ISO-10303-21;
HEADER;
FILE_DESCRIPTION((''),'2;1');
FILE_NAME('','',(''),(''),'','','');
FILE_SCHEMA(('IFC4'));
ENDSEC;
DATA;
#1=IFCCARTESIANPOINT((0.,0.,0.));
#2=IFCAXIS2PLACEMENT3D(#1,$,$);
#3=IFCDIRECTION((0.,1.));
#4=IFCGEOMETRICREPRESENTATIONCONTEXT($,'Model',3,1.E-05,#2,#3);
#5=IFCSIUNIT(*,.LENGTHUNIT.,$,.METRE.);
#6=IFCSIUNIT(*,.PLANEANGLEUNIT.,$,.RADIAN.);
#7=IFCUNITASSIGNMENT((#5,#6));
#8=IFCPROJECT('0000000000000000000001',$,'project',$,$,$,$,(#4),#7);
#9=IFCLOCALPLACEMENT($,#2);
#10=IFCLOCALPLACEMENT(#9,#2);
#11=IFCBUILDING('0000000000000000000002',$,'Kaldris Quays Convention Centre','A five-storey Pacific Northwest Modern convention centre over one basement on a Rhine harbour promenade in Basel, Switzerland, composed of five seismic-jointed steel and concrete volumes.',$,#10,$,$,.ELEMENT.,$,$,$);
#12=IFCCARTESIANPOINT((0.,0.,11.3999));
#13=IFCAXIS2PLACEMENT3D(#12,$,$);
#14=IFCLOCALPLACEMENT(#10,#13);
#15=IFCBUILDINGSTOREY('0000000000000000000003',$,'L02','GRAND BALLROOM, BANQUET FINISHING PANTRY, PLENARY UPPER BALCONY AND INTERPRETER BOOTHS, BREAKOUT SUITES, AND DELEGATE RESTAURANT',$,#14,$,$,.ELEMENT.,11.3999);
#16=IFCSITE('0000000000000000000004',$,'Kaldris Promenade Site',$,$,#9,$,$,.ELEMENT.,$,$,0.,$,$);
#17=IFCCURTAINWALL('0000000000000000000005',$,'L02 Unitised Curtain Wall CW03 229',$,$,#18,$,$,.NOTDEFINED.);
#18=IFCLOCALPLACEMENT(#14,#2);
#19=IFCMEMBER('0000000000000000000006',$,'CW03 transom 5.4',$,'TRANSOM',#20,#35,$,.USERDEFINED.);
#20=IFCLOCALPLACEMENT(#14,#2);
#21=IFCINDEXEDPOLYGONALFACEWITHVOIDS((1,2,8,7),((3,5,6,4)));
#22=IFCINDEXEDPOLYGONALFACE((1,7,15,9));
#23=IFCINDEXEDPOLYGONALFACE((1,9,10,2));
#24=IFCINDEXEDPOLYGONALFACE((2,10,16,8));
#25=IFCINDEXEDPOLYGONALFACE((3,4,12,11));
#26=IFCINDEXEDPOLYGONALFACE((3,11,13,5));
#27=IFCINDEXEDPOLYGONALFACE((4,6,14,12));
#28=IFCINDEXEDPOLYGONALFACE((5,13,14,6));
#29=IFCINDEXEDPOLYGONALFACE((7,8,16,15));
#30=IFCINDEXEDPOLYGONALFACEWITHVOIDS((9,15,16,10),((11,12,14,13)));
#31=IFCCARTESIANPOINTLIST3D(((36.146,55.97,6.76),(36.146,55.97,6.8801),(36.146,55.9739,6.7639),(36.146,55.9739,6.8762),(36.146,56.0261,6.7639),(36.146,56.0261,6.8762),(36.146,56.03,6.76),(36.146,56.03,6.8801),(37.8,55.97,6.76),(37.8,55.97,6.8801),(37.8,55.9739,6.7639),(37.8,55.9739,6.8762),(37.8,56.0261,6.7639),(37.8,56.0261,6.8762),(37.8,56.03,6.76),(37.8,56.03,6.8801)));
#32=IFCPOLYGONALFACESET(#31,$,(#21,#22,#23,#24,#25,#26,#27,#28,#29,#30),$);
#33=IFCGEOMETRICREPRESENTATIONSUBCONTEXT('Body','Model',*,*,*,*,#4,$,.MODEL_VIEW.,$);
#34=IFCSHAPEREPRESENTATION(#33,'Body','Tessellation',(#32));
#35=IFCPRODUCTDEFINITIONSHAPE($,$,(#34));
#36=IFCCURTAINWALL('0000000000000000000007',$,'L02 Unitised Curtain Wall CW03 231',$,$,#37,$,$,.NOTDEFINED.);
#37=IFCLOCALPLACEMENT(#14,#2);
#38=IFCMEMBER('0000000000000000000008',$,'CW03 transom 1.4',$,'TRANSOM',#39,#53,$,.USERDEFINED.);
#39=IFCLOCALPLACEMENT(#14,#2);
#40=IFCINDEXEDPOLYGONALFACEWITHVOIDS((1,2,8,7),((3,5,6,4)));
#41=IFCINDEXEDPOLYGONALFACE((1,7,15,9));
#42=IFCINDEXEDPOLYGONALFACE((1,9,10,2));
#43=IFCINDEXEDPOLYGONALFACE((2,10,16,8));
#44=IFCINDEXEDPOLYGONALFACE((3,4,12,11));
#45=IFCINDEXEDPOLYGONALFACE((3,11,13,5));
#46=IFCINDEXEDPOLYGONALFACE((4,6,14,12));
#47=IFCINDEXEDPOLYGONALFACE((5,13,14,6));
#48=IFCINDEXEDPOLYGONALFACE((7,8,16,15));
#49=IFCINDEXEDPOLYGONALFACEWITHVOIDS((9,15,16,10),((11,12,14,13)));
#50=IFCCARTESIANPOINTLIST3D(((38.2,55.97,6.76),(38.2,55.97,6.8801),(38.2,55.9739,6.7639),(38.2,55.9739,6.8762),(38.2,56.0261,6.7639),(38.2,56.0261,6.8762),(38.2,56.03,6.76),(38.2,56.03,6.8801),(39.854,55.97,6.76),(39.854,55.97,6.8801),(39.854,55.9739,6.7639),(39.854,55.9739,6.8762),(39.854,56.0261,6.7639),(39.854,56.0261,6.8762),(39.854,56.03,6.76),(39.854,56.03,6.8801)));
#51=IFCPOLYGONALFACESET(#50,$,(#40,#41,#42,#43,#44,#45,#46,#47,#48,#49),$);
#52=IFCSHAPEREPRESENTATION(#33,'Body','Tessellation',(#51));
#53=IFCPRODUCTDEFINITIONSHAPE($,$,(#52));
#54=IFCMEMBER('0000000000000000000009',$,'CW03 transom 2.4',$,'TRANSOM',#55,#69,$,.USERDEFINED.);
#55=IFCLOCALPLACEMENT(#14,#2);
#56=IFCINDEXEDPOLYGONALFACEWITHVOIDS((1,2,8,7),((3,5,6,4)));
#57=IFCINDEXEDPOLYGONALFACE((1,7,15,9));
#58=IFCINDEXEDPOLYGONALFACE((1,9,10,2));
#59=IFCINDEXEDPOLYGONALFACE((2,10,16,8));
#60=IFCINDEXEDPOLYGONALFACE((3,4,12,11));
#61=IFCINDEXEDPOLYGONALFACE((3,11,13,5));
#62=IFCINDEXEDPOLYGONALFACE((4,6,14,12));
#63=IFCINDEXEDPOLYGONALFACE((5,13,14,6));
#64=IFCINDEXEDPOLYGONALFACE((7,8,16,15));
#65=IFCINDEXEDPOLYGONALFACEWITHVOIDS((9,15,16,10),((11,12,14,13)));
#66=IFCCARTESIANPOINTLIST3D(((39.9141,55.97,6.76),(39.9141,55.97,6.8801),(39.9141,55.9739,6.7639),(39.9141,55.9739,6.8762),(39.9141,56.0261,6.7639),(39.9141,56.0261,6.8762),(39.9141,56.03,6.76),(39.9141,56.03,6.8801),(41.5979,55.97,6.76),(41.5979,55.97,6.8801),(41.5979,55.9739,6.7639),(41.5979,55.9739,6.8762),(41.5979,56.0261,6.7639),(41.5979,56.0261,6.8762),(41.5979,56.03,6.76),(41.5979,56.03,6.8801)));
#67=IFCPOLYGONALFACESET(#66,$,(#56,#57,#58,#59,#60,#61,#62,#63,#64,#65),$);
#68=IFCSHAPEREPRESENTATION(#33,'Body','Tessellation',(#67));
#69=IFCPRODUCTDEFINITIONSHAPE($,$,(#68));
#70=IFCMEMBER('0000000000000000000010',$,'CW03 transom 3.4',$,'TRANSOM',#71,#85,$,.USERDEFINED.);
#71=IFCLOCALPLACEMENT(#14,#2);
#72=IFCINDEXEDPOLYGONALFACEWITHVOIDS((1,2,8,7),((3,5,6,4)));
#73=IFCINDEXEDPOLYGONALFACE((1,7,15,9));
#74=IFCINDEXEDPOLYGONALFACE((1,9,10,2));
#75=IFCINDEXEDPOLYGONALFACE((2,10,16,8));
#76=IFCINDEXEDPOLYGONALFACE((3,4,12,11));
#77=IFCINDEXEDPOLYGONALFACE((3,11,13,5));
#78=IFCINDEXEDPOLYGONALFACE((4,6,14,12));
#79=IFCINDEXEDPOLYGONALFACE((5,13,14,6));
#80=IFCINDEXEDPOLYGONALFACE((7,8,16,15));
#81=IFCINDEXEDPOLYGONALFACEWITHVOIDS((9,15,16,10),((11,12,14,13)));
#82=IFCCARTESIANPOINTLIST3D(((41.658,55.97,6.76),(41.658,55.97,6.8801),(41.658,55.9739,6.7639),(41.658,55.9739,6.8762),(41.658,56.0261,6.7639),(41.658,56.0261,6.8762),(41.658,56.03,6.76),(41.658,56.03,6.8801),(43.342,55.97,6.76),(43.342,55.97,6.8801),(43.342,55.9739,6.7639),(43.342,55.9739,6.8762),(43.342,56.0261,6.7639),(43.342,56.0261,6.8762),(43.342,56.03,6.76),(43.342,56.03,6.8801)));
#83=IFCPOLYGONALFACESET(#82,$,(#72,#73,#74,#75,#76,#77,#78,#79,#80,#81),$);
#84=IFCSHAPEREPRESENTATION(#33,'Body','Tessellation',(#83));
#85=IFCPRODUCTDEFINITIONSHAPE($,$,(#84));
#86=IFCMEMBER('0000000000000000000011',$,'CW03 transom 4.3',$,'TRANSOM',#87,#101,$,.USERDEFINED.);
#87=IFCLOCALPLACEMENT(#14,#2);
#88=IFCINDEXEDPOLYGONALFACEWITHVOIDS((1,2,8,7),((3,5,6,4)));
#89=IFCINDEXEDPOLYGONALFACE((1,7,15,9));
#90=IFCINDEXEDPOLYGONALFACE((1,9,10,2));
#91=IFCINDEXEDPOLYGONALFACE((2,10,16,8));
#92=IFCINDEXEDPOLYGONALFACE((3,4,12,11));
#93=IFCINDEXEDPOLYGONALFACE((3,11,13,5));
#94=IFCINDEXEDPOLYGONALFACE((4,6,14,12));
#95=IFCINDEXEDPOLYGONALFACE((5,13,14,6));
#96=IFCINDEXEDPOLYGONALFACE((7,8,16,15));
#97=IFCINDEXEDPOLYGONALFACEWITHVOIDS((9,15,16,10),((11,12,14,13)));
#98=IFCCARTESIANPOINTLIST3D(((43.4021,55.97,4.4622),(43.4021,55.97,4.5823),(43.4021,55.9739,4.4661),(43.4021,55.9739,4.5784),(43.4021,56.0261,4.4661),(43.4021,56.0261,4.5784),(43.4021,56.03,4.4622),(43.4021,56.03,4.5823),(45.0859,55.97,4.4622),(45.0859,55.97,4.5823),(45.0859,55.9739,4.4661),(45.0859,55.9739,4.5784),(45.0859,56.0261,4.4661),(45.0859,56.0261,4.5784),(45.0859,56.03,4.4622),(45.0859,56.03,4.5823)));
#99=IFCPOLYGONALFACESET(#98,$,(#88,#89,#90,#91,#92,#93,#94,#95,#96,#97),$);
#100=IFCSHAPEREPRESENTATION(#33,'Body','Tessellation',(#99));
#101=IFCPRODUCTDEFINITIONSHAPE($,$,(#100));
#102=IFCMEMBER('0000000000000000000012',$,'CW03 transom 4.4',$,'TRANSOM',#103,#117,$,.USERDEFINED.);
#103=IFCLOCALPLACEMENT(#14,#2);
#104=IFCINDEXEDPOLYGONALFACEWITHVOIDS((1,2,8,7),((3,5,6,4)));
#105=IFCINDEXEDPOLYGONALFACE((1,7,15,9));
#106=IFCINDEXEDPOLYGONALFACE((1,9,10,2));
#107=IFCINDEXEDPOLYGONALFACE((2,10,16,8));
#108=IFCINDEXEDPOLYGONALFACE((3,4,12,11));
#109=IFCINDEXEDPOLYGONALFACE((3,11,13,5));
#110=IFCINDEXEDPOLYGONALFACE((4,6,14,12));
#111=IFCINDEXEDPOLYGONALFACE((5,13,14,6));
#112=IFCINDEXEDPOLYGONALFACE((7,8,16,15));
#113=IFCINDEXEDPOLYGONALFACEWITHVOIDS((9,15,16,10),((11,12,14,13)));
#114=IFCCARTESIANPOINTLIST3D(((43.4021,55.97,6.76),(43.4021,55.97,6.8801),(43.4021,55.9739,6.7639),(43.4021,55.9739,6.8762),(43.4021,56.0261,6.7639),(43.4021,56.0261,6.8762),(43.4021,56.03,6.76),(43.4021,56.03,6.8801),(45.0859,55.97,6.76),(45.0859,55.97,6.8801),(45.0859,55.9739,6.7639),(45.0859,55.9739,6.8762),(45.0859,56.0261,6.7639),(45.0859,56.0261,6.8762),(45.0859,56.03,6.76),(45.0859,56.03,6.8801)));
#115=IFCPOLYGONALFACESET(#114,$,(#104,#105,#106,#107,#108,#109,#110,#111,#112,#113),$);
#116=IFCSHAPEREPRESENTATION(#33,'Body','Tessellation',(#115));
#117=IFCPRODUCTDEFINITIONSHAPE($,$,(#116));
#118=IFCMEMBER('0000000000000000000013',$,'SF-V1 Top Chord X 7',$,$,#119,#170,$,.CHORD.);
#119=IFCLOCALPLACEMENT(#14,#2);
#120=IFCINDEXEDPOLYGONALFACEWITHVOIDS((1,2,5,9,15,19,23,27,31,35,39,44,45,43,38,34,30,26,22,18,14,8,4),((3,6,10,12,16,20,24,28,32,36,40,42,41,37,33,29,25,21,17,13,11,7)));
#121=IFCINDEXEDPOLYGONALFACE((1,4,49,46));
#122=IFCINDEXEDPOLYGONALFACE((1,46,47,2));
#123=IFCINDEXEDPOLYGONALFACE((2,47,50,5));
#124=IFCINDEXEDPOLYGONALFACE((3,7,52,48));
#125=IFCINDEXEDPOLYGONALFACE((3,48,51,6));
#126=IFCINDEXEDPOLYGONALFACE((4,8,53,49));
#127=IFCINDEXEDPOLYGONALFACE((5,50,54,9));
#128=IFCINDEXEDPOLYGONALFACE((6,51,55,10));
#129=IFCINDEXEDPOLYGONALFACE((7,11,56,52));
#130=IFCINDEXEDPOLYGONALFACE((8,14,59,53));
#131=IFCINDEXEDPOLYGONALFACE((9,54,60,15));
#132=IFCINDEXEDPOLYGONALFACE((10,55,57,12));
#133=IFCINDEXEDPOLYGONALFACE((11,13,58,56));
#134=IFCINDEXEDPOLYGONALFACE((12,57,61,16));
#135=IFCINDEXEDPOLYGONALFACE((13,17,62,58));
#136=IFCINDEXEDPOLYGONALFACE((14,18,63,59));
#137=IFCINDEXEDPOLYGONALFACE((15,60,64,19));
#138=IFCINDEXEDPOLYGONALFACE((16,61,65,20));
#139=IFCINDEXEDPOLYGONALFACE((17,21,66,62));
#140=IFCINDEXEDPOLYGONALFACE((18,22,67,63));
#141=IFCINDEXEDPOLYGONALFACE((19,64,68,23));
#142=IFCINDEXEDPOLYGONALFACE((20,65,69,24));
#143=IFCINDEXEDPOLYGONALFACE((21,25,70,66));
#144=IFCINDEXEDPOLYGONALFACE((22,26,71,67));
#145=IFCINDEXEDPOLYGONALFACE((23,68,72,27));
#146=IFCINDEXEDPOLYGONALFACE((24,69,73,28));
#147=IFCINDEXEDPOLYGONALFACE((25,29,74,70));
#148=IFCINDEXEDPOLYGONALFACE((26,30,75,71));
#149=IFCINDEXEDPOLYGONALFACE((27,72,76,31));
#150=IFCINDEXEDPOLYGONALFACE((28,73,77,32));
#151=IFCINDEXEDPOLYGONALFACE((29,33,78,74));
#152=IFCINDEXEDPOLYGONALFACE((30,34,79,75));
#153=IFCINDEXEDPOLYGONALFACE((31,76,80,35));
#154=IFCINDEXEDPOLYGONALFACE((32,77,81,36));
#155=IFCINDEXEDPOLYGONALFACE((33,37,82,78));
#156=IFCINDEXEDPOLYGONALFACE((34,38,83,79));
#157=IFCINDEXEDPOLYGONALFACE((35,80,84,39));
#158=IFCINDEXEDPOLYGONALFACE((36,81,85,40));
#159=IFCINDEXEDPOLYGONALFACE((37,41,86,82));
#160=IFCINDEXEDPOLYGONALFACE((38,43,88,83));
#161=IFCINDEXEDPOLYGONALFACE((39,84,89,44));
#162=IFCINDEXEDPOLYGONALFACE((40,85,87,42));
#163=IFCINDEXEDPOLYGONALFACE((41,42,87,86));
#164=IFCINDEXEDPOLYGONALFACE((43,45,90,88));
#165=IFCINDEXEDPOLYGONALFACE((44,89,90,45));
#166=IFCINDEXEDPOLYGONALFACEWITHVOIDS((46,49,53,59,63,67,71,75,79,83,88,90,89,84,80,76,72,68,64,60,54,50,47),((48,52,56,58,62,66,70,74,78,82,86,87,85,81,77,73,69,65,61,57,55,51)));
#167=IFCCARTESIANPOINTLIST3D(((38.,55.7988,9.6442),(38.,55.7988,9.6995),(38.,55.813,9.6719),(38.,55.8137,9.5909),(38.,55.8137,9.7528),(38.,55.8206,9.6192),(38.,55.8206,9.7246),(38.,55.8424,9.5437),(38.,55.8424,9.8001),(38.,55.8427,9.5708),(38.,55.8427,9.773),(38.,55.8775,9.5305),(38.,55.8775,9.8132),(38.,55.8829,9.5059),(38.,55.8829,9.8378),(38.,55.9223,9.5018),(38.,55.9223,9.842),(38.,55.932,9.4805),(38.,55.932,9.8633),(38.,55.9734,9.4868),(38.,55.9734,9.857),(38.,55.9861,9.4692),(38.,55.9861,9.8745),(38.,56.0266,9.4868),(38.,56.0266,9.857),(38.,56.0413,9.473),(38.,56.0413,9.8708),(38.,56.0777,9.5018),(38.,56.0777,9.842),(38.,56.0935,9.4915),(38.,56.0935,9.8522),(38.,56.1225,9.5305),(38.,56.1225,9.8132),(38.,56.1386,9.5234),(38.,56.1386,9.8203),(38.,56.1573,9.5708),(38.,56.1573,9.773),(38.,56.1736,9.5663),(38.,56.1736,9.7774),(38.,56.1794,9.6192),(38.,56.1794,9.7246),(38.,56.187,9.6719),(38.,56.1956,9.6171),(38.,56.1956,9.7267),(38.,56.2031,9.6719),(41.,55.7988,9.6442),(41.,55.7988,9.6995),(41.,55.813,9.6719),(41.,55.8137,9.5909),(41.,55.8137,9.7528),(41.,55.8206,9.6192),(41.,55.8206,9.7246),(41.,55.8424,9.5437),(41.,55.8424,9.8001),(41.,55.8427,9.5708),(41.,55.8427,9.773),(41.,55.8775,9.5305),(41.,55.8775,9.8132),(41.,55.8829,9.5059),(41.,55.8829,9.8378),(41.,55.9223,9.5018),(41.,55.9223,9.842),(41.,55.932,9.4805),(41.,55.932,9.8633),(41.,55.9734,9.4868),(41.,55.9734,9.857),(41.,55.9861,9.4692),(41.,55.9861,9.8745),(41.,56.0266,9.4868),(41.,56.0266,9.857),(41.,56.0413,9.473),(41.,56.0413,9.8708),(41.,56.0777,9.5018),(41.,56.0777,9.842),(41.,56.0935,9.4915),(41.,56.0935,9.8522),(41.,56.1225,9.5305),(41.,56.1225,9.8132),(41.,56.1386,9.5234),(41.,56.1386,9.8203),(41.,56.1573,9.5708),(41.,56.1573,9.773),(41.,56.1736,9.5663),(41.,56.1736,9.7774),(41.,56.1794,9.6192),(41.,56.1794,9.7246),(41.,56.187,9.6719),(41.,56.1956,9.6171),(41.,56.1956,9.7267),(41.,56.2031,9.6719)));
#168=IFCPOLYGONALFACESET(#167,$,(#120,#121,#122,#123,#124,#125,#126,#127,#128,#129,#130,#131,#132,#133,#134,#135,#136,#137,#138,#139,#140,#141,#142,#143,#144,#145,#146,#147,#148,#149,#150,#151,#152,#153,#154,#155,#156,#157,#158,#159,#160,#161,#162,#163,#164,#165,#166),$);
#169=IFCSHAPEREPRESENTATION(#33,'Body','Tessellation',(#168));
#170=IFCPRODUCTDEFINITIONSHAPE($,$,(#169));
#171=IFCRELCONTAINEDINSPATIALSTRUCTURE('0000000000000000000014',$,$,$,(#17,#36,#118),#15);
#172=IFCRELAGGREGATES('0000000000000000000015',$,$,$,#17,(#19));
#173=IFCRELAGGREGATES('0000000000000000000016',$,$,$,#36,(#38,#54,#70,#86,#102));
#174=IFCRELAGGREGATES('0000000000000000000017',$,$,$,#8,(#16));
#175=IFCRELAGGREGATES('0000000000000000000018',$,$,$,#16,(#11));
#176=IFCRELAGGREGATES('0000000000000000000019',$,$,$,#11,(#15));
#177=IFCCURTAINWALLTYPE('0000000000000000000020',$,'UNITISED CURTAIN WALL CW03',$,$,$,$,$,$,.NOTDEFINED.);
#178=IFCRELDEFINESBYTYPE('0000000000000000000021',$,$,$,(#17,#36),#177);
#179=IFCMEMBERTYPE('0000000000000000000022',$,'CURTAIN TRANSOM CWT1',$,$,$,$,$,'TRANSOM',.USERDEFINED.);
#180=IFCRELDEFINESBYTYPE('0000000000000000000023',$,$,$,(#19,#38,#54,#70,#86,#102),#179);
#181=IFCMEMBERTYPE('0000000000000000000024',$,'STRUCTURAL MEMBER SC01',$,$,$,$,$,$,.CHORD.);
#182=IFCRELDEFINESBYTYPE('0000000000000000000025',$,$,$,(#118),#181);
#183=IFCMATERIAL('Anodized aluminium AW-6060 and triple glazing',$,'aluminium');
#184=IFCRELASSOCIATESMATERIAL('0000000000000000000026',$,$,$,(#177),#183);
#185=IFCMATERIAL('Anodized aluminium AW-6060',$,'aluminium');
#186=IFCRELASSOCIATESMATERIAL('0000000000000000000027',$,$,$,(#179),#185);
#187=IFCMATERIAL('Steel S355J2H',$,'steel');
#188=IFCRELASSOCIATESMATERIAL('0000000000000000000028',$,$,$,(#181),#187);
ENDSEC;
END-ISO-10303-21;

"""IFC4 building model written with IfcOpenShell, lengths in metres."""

from ifc_helpers import new_model, si_unit, direction, frame, origin, origin_2d, place, context, subcontext, project, spatial, hollow_rectangle, hollow_circle, extrude, material, material_profile, profile_set, type_object, element, aggregate, save


model = new_model("IFC4")

# Units and contexts
model_context = context("Model", 3, precision=1e-05, world=origin(), true_north=direction((0.0, 1.0)))
body_context = subcontext(model_context, "Body", "Model", "MODEL_VIEW")
ifc_project = project(units=[si_unit("LENGTHUNIT", "METRE"), si_unit("PLANEANGLEUNIT", "RADIAN")], contexts=[model_context])

# Site, building, storey
site_placement = place(None, origin())
site = spatial("IfcSite", under=ifc_project, at=site_placement, Name="Kaldris Promenade Site", CompositionType="ELEMENT", RefElevation=0.0)
building_placement = place(site_placement, origin())
building = spatial("IfcBuilding", under=site, at=building_placement, Name="Kaldris Quays Convention Centre", Description="A five-storey Pacific Northwest Modern convention centre over one basement on a Rhine harbour promenade in Basel, Switzerland, composed of five seismic-jointed steel and concrete volumes.", CompositionType="ELEMENT")
storey_placement = place(building_placement, frame((0.0, 0.0, 11.3999)))
storey = spatial("IfcBuildingStorey", under=building, at=storey_placement, Name="L02", Description="GRAND BALLROOM, BANQUET FINISHING PANTRY, PLENARY UPPER BALCONY AND INTERPRETER BOOTHS, BREAKOUT SUITES, AND DELEGATE RESTAURANT", CompositionType="ELEMENT", Elevation=11.3999)

# Curtain wall, member
ifc_material_1 = material(Name="Anodized aluminium AW-6060 and triple glazing", Category="aluminium")
curtain_wall_type = type_object("IfcCurtainWallType", Name="UNITISED CURTAIN WALL CW03", PredefinedType="NOTDEFINED", material=ifc_material_1)
curtain_wall_1_placement = place(storey_placement, origin())
curtain_wall_1 = element("IfcCurtainWall", 1, at=curtain_wall_1_placement, inside=storey, type_object=curtain_wall_type, Name="L02 Unitised Curtain Wall CW03 229", PredefinedType="NOTDEFINED")
ifc_material_2 = material(Name="Anodized aluminium AW-6060", Category="aluminium")
ifc_material_profile_1 = material_profile(ifc_material_2, hollow_rectangle(XDim=0.0601, YDim=0.1201, WallThickness=0.0039, at=origin_2d()), Name="RHS 120x60x4")
ifc_profile_set_1 = profile_set([ifc_material_profile_1], Name="Anodized aluminium AW-6060")
member_type_1 = type_object("IfcMemberType", Name="CURTAIN TRANSOM CWT1", ElementType="TRANSOM", PredefinedType="USERDEFINED", material=ifc_profile_set_1)
member_1_placement = place(storey_placement, frame((36.146, 56.0, 6.8201), z_axis=(1.0, 0.0, 0.0), x_axis=(0.0, 1.0, 0.0)))
member_1 = element("IfcMember", 2, at=member_1_placement, type_object=member_type_1, Name="CW03 transom 5.4", ObjectType="TRANSOM", PredefinedType="USERDEFINED", context=body_context, shape_type="SweptSolid", body=[
    extrude(hollow_rectangle(XDim=0.0601, YDim=0.1201, WallThickness=0.0039, at=origin_2d()), origin(), (0.0, 0.0, 1.0), 1.6541),
])

# Curtain wall, members
curtain_wall_2_placement = place(storey_placement, origin())
curtain_wall_2 = element("IfcCurtainWall", 3, at=curtain_wall_2_placement, inside=storey, type_object=curtain_wall_type, Name="L02 Unitised Curtain Wall CW03 231", PredefinedType="NOTDEFINED")
member_2_placement = place(storey_placement, frame((38.2, 56.0, 6.8201), z_axis=(1.0, 0.0, 0.0), x_axis=(0.0, 1.0, 0.0)))
member_2 = element("IfcMember", 4, at=member_2_placement, type_object=member_type_1, Name="CW03 transom 1.4", ObjectType="TRANSOM", PredefinedType="USERDEFINED", context=body_context, shape_type="SweptSolid", body=[
    extrude(hollow_rectangle(XDim=0.0601, YDim=0.1201, WallThickness=0.0039, at=origin_2d()), origin(), (0.0, 0.0, 1.0), 1.6541),
])
member_3_placement = place(storey_placement, frame((39.9141, 56.0, 6.8201), z_axis=(1.0, 0.0, 0.0), x_axis=(0.0, 1.0, 0.0)))
member_3 = element("IfcMember", 5, at=member_3_placement, type_object=member_type_1, Name="CW03 transom 2.4", ObjectType="TRANSOM", PredefinedType="USERDEFINED", context=body_context, shape_type="SweptSolid", body=[
    extrude(hollow_rectangle(XDim=0.0601, YDim=0.1201, WallThickness=0.0039, at=origin_2d()), origin(), (0.0, 0.0, 1.0), 1.6838),
])
member_4_placement = place(storey_placement, frame((41.658, 56.0, 6.8201), z_axis=(1.0, 0.0, 0.0), x_axis=(0.0, 1.0, 0.0)))
member_4 = element("IfcMember", 6, at=member_4_placement, type_object=member_type_1, Name="CW03 transom 3.4", ObjectType="TRANSOM", PredefinedType="USERDEFINED", context=body_context, shape_type="SweptSolid", body=[
    extrude(hollow_rectangle(XDim=0.0601, YDim=0.1201, WallThickness=0.0039, at=origin_2d()), origin(), (0.0, 0.0, 1.0), 1.6841),
])
member_5_placement = place(storey_placement, frame((43.4021, 56.0, 4.5222), z_axis=(1.0, 0.0, 0.0), x_axis=(0.0, 1.0, 0.0)))
member_5 = element("IfcMember", 7, at=member_5_placement, type_object=member_type_1, Name="CW03 transom 4.3", ObjectType="TRANSOM", PredefinedType="USERDEFINED", context=body_context, shape_type="SweptSolid", body=[
    extrude(hollow_rectangle(XDim=0.0601, YDim=0.1201, WallThickness=0.0039, at=origin_2d()), origin(), (0.0, 0.0, 1.0), 1.6838),
])
member_6_placement = place(storey_placement, frame((43.4021, 56.0, 6.8201), z_axis=(1.0, 0.0, 0.0), x_axis=(0.0, 1.0, 0.0)))
member_6 = element("IfcMember", 8, at=member_6_placement, type_object=member_type_1, Name="CW03 transom 4.4", ObjectType="TRANSOM", PredefinedType="USERDEFINED", context=body_context, shape_type="SweptSolid", body=[
    extrude(hollow_rectangle(XDim=0.0601, YDim=0.1201, WallThickness=0.0039, at=origin_2d()), origin(), (0.0, 0.0, 1.0), 1.6838),
])

# Member
ifc_material_3 = material(Name="Steel S355J2H", Category="steel")
ifc_material_profile_2 = material_profile(ifc_material_3, hollow_circle(Radius=0.2031, WallThickness=0.0161, at=origin_2d()), Name="CHS 406.4x16")
ifc_profile_set_2 = profile_set([ifc_material_profile_2], Name="Steel S355J2H")
member_type_2 = type_object("IfcMemberType", Name="STRUCTURAL MEMBER SC01", PredefinedType="CHORD", material=ifc_profile_set_2)
for number, where, z_axis, x_axis, name in (
    (9, (38.0, 56.0, 9.6719), (1.0, 0.0, 0.0), (0.0, 1.0, 0.0), "SF-V1 Top Chord X 7"),
):
    element("IfcMember", number, at=place(storey_placement, frame(where, z_axis=z_axis, x_axis=x_axis)), inside=storey, type_object=member_type_2, Name=name, PredefinedType="CHORD", context=body_context, shape_type="SweptSolid", body=[
        extrude(hollow_circle(Radius=0.2031, WallThickness=0.0161, at=origin_2d()), origin(), (0.0, 0.0, 1.0), 3.0),
    ])

aggregate(curtain_wall_1, [member_1])
aggregate(curtain_wall_2, [member_2, member_3, member_4, member_5, member_6])

save(model, "model.ifc")
